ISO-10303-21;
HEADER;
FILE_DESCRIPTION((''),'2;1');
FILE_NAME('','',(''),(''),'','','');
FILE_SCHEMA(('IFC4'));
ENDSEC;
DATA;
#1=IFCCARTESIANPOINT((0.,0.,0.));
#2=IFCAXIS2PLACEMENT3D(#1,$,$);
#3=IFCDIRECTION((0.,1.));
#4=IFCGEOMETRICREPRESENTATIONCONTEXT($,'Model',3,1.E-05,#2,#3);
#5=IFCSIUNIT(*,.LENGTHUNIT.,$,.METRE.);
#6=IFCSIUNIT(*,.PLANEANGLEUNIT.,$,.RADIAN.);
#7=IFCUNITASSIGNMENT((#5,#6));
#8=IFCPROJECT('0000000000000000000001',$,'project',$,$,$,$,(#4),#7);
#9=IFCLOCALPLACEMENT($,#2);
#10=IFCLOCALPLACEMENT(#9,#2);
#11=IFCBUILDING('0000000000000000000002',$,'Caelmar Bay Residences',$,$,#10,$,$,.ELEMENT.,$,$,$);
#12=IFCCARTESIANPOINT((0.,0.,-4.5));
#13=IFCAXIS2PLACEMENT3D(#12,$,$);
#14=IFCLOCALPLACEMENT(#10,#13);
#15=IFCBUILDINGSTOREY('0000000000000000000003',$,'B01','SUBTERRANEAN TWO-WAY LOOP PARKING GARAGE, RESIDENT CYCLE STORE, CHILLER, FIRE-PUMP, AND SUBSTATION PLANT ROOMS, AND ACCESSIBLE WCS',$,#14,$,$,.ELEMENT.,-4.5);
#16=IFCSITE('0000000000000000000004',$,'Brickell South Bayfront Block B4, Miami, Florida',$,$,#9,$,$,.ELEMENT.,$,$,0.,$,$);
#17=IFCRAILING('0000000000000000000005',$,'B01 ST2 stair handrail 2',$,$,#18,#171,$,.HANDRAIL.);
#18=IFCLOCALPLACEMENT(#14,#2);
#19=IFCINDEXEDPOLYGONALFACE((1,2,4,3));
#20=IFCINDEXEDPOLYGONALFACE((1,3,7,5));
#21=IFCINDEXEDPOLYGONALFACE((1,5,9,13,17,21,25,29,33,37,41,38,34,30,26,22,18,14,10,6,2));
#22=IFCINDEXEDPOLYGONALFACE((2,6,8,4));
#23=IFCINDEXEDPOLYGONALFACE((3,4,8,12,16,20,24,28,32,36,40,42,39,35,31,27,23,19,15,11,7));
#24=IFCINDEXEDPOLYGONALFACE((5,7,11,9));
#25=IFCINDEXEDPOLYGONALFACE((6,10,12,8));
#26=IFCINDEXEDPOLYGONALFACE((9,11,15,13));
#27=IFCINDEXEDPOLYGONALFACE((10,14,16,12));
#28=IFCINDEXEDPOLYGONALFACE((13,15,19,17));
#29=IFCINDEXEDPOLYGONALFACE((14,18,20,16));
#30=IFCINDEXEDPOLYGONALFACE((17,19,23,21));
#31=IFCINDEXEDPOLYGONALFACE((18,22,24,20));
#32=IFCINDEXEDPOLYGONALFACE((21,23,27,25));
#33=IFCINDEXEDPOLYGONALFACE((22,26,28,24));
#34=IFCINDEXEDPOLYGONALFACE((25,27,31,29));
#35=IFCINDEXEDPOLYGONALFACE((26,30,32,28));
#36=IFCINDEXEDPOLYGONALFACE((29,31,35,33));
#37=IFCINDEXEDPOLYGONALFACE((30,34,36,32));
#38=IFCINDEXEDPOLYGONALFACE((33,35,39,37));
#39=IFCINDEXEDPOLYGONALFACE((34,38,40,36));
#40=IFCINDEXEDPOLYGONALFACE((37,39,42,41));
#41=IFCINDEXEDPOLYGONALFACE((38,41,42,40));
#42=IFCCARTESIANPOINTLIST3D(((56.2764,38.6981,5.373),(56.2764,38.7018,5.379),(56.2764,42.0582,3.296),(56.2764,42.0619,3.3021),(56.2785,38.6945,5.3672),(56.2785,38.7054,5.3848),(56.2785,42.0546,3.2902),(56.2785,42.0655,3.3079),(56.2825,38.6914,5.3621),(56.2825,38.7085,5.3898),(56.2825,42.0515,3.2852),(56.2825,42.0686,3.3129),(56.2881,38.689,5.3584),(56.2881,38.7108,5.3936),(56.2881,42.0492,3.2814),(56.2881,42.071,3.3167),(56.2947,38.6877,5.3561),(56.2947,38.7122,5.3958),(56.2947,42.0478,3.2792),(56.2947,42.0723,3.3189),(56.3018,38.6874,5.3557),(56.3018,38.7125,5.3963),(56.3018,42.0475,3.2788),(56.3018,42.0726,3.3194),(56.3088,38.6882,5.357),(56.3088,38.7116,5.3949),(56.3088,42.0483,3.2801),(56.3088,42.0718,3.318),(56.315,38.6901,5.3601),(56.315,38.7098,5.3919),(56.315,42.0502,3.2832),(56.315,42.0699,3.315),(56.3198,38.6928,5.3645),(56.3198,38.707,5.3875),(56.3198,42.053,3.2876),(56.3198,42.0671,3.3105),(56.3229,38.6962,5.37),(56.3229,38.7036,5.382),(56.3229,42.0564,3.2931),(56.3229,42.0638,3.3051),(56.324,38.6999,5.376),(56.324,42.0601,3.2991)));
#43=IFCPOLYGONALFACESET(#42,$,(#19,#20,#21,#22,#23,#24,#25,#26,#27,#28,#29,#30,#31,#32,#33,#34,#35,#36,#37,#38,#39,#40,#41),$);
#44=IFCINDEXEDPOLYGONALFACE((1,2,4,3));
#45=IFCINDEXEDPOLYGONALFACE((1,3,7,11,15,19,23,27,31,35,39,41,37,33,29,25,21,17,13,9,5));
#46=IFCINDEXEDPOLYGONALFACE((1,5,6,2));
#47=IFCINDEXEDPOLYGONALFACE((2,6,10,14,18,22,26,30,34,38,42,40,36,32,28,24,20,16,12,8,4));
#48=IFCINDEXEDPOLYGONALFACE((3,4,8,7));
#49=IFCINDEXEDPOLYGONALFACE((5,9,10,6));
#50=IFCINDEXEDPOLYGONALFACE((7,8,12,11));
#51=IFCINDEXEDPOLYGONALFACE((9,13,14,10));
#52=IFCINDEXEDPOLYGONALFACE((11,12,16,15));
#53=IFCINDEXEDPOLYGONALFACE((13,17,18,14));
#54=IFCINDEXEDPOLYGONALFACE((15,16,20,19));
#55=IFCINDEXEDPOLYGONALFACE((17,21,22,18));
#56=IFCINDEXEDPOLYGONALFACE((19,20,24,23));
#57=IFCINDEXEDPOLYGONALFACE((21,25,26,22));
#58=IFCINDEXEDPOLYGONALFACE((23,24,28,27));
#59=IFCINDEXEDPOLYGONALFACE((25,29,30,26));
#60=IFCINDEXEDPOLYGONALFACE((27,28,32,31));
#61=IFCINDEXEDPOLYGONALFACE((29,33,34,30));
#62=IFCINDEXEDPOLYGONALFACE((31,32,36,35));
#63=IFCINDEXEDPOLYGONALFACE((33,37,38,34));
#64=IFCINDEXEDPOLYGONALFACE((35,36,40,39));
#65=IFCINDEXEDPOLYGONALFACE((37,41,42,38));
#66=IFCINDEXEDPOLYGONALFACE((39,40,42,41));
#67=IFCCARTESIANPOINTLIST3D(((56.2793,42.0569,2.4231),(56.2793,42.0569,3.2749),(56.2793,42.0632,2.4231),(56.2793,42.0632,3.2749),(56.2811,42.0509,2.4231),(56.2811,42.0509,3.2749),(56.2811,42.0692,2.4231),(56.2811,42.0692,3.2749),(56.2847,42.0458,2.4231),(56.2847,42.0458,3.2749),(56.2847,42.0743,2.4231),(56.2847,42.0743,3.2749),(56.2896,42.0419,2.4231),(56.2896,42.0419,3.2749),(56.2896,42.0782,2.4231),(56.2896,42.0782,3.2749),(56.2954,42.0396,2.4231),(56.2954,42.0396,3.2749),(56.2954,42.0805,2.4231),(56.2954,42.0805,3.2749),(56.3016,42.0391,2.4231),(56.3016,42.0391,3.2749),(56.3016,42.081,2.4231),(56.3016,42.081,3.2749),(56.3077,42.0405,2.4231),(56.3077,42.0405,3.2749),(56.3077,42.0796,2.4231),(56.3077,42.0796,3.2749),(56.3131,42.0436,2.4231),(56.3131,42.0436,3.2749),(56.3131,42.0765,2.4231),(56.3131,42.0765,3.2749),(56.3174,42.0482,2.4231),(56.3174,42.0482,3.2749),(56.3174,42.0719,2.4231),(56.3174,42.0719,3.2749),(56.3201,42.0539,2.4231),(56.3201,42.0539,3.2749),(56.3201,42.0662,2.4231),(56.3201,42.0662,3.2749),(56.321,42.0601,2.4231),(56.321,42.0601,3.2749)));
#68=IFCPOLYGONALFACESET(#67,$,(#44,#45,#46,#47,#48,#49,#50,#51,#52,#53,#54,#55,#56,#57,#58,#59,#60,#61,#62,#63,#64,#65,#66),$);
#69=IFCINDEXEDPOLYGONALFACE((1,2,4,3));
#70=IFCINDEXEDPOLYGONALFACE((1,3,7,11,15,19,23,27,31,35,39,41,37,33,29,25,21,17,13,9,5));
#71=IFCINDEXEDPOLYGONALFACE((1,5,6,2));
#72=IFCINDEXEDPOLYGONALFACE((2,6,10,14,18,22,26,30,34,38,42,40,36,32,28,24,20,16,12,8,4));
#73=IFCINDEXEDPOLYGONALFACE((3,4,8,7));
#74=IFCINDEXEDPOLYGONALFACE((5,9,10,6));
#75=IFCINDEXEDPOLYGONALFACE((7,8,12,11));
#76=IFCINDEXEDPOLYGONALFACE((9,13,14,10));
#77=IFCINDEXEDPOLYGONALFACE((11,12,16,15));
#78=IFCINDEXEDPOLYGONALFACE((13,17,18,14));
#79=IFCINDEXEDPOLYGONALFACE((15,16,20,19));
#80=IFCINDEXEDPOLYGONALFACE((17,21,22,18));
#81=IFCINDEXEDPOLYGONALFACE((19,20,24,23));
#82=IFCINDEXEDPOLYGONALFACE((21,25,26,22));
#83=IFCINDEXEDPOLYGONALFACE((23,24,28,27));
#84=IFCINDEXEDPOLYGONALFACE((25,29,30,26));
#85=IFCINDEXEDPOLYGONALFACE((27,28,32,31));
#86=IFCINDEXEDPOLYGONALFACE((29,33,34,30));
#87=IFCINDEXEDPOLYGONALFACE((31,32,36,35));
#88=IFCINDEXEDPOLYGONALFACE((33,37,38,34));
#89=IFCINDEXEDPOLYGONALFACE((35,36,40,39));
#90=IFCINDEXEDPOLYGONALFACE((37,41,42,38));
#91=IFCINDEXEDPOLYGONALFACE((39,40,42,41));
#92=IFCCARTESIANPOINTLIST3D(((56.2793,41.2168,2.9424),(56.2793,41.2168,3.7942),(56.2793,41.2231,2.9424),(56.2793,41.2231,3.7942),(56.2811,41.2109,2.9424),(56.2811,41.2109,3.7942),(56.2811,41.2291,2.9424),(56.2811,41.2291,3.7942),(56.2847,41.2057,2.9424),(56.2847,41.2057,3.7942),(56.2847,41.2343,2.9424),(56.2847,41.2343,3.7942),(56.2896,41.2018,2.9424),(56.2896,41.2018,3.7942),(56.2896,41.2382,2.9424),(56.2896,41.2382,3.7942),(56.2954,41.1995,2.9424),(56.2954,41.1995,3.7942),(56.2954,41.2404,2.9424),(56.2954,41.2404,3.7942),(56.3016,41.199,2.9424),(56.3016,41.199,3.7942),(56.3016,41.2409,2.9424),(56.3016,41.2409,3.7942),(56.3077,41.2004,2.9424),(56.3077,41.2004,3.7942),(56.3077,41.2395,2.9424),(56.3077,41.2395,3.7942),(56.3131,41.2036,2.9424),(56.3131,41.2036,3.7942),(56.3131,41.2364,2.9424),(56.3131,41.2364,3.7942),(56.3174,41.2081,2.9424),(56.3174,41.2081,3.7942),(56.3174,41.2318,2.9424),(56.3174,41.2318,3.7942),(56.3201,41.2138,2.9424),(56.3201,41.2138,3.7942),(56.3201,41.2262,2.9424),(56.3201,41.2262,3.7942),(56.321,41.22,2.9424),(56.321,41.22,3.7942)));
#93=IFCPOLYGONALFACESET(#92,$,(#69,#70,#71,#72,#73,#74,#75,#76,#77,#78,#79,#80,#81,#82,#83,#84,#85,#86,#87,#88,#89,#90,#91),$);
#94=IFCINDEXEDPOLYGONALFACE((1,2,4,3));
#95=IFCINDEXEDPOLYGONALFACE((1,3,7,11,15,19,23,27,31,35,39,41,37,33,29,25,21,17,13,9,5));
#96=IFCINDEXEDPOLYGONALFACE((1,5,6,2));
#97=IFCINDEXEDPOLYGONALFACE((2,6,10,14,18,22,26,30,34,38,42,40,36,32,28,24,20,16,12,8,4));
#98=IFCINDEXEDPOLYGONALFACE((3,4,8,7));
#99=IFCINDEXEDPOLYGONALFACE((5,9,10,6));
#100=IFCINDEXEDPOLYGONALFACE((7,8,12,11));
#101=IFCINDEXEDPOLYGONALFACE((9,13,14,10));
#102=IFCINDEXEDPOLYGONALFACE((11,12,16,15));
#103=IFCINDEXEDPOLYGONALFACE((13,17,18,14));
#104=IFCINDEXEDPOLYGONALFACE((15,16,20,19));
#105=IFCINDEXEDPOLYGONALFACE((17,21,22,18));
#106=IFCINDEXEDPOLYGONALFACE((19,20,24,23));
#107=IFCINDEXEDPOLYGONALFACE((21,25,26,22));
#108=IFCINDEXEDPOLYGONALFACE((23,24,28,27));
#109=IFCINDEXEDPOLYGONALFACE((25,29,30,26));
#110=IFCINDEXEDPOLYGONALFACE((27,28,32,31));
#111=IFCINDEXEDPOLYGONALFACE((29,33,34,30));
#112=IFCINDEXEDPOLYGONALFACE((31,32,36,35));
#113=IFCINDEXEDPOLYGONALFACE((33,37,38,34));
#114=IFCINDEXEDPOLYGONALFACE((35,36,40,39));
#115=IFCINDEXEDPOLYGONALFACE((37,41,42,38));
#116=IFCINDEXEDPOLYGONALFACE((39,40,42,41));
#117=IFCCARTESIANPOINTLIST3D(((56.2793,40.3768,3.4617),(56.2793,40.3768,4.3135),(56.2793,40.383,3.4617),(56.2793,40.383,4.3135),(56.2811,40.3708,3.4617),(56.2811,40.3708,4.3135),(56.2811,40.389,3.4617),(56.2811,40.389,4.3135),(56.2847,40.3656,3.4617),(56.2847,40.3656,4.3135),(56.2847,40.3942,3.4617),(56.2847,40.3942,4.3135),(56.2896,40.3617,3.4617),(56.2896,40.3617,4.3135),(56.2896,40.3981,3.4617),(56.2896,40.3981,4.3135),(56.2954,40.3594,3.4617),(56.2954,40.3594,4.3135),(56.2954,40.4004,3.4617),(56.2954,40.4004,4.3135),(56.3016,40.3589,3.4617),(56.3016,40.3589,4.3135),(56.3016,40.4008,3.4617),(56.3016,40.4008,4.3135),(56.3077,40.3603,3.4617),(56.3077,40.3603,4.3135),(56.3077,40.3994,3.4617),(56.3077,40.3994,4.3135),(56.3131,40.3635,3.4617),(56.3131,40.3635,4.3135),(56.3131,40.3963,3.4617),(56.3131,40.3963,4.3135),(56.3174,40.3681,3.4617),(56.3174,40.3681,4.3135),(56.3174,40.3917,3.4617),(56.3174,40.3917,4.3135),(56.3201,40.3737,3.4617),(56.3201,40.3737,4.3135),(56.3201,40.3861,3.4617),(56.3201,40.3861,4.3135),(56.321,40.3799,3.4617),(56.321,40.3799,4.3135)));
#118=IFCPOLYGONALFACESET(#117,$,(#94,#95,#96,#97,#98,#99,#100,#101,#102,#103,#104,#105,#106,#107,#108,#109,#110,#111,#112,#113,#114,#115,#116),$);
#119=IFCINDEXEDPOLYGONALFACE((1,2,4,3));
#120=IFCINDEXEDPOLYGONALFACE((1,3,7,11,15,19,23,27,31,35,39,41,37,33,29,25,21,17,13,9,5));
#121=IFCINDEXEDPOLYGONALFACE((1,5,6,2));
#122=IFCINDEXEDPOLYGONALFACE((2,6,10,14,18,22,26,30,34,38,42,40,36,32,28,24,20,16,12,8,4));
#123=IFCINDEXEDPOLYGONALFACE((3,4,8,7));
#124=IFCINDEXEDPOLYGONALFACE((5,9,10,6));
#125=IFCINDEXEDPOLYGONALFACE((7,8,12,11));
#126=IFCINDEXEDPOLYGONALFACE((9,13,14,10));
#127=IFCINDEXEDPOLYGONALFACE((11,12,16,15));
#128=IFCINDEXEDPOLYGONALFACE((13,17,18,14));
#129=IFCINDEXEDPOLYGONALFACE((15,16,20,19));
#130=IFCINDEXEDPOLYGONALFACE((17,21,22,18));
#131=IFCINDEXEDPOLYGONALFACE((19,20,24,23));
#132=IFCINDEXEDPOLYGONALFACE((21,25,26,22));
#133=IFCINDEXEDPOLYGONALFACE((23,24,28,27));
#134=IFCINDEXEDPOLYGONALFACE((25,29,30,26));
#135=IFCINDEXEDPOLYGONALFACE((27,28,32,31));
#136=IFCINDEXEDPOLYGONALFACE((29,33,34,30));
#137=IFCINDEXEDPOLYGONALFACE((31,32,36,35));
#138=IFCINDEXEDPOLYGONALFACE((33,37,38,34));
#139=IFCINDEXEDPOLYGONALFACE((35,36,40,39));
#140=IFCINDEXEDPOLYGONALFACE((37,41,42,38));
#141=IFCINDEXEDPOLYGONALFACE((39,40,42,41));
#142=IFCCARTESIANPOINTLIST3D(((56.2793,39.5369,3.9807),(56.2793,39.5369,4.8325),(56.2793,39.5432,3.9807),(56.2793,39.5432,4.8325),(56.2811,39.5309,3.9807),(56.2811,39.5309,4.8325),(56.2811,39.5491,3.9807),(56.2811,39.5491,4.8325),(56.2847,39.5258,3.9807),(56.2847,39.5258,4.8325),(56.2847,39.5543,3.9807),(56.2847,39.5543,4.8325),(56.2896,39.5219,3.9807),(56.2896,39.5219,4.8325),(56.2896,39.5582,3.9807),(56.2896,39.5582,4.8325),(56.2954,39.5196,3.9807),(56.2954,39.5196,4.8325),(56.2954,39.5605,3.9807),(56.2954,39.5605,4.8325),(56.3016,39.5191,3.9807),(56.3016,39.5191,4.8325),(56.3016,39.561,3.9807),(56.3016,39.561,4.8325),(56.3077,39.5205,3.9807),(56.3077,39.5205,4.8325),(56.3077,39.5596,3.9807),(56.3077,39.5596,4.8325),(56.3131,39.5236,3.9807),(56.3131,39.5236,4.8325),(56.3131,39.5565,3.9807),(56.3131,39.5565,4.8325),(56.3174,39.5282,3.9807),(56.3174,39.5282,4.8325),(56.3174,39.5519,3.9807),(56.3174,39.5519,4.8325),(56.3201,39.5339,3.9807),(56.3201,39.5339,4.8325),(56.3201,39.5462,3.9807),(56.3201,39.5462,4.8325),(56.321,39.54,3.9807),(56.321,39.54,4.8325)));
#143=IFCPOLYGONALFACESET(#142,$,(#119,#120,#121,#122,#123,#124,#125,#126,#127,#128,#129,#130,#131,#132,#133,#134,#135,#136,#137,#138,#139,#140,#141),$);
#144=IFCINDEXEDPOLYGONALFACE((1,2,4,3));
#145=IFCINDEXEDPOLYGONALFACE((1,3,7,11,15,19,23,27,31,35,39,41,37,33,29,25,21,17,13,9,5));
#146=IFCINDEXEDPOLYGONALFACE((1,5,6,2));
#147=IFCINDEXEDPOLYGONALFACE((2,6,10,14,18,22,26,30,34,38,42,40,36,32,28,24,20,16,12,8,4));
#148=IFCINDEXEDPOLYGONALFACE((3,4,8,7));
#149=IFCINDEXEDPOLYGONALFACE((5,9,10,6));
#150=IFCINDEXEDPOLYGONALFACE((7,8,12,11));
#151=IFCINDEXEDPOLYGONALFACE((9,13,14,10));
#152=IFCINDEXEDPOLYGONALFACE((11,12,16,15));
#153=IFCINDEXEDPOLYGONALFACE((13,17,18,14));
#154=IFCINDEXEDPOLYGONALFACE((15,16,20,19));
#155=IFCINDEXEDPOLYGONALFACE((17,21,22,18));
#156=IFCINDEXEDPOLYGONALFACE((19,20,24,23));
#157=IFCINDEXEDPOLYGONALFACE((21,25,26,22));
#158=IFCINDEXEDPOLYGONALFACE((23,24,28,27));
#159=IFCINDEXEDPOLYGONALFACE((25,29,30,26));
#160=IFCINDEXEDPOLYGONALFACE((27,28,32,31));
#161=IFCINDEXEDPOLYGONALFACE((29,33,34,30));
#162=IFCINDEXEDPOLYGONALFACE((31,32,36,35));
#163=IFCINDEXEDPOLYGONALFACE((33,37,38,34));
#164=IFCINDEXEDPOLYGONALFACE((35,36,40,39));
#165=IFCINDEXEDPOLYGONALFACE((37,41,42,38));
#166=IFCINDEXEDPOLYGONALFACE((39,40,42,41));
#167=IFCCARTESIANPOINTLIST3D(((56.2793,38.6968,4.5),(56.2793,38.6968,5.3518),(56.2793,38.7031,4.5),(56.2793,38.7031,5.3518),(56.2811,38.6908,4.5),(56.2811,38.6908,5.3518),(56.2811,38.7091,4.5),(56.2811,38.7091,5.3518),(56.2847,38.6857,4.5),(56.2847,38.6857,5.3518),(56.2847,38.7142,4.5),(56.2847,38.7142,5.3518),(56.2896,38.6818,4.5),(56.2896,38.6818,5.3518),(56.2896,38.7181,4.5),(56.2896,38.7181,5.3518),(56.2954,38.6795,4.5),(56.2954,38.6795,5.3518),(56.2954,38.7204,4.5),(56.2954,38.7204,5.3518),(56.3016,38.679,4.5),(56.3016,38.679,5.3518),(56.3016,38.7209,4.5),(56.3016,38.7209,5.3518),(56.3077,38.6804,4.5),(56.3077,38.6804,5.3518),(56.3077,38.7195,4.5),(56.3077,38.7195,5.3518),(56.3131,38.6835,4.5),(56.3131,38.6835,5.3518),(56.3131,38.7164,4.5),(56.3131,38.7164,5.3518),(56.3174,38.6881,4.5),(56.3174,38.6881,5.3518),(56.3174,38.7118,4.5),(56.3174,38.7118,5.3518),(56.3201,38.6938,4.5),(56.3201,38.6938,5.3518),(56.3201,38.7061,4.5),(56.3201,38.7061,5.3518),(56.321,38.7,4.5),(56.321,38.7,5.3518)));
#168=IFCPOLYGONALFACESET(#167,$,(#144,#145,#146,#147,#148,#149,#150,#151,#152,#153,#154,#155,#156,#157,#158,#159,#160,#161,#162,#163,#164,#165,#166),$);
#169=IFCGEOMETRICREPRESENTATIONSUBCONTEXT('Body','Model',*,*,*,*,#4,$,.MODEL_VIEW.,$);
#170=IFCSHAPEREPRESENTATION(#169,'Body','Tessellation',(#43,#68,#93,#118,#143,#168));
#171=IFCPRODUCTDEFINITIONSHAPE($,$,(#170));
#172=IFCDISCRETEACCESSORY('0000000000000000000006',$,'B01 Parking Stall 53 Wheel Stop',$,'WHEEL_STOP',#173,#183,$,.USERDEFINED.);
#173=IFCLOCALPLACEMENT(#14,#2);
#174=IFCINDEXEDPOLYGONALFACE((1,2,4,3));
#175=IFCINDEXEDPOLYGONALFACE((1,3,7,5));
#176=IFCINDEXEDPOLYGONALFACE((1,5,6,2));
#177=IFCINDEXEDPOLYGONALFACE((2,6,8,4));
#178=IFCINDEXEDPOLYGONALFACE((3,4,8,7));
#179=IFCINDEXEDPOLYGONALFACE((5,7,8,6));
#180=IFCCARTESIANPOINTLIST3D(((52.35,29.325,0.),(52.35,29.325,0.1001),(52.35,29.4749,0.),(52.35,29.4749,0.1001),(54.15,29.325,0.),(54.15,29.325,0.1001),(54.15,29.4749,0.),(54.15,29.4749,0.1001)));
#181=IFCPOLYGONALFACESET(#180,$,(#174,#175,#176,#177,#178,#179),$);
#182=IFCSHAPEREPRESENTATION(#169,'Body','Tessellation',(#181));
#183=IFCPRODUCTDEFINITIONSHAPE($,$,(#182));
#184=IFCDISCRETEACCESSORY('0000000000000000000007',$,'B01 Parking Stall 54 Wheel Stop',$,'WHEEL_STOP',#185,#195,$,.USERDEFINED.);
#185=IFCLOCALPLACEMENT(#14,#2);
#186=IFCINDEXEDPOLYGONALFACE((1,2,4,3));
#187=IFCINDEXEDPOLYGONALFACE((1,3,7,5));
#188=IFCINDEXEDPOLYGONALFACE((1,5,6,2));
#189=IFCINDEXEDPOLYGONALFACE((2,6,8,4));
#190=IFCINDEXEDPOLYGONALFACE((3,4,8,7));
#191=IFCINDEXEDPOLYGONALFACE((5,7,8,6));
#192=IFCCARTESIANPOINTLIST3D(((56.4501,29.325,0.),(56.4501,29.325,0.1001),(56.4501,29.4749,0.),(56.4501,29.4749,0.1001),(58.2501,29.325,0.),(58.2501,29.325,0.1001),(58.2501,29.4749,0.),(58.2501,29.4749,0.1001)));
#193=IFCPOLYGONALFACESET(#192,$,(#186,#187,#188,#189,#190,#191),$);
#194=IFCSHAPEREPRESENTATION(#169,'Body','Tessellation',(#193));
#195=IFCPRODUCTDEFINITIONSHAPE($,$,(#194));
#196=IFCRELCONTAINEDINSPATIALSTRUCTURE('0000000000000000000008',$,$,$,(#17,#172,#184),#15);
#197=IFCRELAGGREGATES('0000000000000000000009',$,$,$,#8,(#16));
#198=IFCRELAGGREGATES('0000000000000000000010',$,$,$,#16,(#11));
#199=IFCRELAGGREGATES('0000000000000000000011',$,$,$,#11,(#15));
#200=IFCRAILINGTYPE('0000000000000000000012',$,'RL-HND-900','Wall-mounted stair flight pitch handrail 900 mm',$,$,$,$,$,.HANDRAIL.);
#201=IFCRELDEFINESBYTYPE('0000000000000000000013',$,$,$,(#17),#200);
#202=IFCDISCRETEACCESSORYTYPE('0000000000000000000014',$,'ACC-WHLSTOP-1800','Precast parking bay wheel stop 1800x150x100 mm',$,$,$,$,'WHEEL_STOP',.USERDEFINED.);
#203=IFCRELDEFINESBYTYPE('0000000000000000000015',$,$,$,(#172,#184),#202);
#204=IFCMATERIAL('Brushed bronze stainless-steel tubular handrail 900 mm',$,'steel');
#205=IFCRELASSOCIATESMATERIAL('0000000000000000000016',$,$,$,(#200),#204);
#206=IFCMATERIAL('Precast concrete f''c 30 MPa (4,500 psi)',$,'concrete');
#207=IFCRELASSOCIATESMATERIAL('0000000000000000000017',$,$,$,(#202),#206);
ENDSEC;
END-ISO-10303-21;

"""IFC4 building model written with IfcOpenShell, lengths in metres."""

from ifc_helpers import new_model, si_unit, direction, frame, origin, origin_2d, place, context, subcontext, project, spatial, rectangle, circle, extrude, material, type_object, element, save


model = new_model("IFC4")

# Units and contexts
model_context = context("Model", 3, precision=1e-05, world=origin(), true_north=direction((0.0, 1.0)))
body_context = subcontext(model_context, "Body", "Model", "MODEL_VIEW")
ifc_project = project(units=[si_unit("LENGTHUNIT", "METRE"), si_unit("PLANEANGLEUNIT", "RADIAN")], contexts=[model_context])

# Site, building, storey
site_placement = place(None, origin())
site = spatial("IfcSite", under=ifc_project, at=site_placement, Name="Brickell South Bayfront Block B4, Miami, Florida", CompositionType="ELEMENT", RefElevation=0.0)
building_placement = place(site_placement, origin())
building = spatial("IfcBuilding", under=site, at=building_placement, Name="Caelmar Bay Residences", CompositionType="ELEMENT")
storey_placement = place(building_placement, frame((0.0, 0.0, -4.5)))
storey = spatial("IfcBuildingStorey", under=building, at=storey_placement, Name="B01", Description="SUBTERRANEAN TWO-WAY LOOP PARKING GARAGE, RESIDENT CYCLE STORE, CHILLER, FIRE-PUMP, AND SUBSTATION PLANT ROOMS, AND ACCESSIBLE WCS", CompositionType="ELEMENT", Elevation=-4.5)

# Railing
ifc_material_1 = material(Name="Brushed bronze stainless-steel tubular handrail 900 mm", Category="steel")
railing_type_1 = type_object("IfcRailingType", Name="RL-HND-900", Description="Wall-mounted stair flight pitch handrail 900 mm", PredefinedType="HANDRAIL", material=ifc_material_1)
railing_1_placement = place(storey_placement, frame((56.3, 42.0601, 2.4231)))
element("IfcRailing", 1, at=railing_1_placement, inside=storey, type_object=railing_type_1, Name="B01 ST2 stair handrail 2", PredefinedType="HANDRAIL", context=body_context, shape_type="SweptSolid", body=[
    extrude(circle(Radius=0.0239, at=origin_2d()), frame((0.0, 0.0, 0.876), z_axis=(0.0, -0.850623, 0.525776), x_axis=(1.0, 0.0, 0.0)), (0.0, 0.0, 1.0), 3.9502),
    extrude(circle(Radius=0.021, at=origin_2d()), origin(), (0.0, 0.0, 1.0), 0.8518),
    extrude(circle(Radius=0.021, at=origin_2d()), frame((0.0, -0.8401, 0.5193)), (0.0, 0.0, 1.0), 0.8518),
    extrude(circle(Radius=0.021, at=origin_2d()), frame((0.0, -1.6802, 1.0386)), (0.0, 0.0, 1.0), 0.8518),
    extrude(circle(Radius=0.021, at=origin_2d()), frame((0.0, -2.52, 1.5576)), (0.0, 0.0, 1.0), 0.8518),
    extrude(circle(Radius=0.021, at=origin_2d()), frame((0.0, -3.3601, 2.0769)), (0.0, 0.0, 1.0), 0.8518),
])

# Discrete accessories
ifc_material_2 = material(Name="Precast concrete f'c 30 MPa (4,500 psi)", Category="concrete")
discrete_accessory_type = type_object("IfcDiscreteAccessoryType", Name="ACC-WHLSTOP-1800", Description="Precast parking bay wheel stop 1800x150x100 mm", ElementType="WHEEL_STOP", PredefinedType="USERDEFINED", material=ifc_material_2)
for number, where, z_axis, x_axis, name in (
    (2, (53.25, 29.3999, 0.0), (0.0, 0.0, 1.0), (1.0, 0.0, 0.0), "B01 Parking Stall 53 Wheel Stop"),
    (3, (57.3501, 29.3999, 0.0), (0.0, 0.0, 1.0), (1.0, 0.0, 0.0), "B01 Parking Stall 54 Wheel Stop"),
):
    element("IfcDiscreteAccessory", number, at=place(storey_placement, frame(where, z_axis=z_axis, x_axis=x_axis)), inside=storey, type_object=discrete_accessory_type, Name=name, ObjectType="WHEEL_STOP", PredefinedType="USERDEFINED", context=body_context, shape_type="SweptSolid", body=[
        extrude(rectangle(XDim=1.8, YDim=0.1499, at=origin_2d()), origin(), (0.0, 0.0, 1.0), 0.1001),
    ])

save(model, "model.ifc")
